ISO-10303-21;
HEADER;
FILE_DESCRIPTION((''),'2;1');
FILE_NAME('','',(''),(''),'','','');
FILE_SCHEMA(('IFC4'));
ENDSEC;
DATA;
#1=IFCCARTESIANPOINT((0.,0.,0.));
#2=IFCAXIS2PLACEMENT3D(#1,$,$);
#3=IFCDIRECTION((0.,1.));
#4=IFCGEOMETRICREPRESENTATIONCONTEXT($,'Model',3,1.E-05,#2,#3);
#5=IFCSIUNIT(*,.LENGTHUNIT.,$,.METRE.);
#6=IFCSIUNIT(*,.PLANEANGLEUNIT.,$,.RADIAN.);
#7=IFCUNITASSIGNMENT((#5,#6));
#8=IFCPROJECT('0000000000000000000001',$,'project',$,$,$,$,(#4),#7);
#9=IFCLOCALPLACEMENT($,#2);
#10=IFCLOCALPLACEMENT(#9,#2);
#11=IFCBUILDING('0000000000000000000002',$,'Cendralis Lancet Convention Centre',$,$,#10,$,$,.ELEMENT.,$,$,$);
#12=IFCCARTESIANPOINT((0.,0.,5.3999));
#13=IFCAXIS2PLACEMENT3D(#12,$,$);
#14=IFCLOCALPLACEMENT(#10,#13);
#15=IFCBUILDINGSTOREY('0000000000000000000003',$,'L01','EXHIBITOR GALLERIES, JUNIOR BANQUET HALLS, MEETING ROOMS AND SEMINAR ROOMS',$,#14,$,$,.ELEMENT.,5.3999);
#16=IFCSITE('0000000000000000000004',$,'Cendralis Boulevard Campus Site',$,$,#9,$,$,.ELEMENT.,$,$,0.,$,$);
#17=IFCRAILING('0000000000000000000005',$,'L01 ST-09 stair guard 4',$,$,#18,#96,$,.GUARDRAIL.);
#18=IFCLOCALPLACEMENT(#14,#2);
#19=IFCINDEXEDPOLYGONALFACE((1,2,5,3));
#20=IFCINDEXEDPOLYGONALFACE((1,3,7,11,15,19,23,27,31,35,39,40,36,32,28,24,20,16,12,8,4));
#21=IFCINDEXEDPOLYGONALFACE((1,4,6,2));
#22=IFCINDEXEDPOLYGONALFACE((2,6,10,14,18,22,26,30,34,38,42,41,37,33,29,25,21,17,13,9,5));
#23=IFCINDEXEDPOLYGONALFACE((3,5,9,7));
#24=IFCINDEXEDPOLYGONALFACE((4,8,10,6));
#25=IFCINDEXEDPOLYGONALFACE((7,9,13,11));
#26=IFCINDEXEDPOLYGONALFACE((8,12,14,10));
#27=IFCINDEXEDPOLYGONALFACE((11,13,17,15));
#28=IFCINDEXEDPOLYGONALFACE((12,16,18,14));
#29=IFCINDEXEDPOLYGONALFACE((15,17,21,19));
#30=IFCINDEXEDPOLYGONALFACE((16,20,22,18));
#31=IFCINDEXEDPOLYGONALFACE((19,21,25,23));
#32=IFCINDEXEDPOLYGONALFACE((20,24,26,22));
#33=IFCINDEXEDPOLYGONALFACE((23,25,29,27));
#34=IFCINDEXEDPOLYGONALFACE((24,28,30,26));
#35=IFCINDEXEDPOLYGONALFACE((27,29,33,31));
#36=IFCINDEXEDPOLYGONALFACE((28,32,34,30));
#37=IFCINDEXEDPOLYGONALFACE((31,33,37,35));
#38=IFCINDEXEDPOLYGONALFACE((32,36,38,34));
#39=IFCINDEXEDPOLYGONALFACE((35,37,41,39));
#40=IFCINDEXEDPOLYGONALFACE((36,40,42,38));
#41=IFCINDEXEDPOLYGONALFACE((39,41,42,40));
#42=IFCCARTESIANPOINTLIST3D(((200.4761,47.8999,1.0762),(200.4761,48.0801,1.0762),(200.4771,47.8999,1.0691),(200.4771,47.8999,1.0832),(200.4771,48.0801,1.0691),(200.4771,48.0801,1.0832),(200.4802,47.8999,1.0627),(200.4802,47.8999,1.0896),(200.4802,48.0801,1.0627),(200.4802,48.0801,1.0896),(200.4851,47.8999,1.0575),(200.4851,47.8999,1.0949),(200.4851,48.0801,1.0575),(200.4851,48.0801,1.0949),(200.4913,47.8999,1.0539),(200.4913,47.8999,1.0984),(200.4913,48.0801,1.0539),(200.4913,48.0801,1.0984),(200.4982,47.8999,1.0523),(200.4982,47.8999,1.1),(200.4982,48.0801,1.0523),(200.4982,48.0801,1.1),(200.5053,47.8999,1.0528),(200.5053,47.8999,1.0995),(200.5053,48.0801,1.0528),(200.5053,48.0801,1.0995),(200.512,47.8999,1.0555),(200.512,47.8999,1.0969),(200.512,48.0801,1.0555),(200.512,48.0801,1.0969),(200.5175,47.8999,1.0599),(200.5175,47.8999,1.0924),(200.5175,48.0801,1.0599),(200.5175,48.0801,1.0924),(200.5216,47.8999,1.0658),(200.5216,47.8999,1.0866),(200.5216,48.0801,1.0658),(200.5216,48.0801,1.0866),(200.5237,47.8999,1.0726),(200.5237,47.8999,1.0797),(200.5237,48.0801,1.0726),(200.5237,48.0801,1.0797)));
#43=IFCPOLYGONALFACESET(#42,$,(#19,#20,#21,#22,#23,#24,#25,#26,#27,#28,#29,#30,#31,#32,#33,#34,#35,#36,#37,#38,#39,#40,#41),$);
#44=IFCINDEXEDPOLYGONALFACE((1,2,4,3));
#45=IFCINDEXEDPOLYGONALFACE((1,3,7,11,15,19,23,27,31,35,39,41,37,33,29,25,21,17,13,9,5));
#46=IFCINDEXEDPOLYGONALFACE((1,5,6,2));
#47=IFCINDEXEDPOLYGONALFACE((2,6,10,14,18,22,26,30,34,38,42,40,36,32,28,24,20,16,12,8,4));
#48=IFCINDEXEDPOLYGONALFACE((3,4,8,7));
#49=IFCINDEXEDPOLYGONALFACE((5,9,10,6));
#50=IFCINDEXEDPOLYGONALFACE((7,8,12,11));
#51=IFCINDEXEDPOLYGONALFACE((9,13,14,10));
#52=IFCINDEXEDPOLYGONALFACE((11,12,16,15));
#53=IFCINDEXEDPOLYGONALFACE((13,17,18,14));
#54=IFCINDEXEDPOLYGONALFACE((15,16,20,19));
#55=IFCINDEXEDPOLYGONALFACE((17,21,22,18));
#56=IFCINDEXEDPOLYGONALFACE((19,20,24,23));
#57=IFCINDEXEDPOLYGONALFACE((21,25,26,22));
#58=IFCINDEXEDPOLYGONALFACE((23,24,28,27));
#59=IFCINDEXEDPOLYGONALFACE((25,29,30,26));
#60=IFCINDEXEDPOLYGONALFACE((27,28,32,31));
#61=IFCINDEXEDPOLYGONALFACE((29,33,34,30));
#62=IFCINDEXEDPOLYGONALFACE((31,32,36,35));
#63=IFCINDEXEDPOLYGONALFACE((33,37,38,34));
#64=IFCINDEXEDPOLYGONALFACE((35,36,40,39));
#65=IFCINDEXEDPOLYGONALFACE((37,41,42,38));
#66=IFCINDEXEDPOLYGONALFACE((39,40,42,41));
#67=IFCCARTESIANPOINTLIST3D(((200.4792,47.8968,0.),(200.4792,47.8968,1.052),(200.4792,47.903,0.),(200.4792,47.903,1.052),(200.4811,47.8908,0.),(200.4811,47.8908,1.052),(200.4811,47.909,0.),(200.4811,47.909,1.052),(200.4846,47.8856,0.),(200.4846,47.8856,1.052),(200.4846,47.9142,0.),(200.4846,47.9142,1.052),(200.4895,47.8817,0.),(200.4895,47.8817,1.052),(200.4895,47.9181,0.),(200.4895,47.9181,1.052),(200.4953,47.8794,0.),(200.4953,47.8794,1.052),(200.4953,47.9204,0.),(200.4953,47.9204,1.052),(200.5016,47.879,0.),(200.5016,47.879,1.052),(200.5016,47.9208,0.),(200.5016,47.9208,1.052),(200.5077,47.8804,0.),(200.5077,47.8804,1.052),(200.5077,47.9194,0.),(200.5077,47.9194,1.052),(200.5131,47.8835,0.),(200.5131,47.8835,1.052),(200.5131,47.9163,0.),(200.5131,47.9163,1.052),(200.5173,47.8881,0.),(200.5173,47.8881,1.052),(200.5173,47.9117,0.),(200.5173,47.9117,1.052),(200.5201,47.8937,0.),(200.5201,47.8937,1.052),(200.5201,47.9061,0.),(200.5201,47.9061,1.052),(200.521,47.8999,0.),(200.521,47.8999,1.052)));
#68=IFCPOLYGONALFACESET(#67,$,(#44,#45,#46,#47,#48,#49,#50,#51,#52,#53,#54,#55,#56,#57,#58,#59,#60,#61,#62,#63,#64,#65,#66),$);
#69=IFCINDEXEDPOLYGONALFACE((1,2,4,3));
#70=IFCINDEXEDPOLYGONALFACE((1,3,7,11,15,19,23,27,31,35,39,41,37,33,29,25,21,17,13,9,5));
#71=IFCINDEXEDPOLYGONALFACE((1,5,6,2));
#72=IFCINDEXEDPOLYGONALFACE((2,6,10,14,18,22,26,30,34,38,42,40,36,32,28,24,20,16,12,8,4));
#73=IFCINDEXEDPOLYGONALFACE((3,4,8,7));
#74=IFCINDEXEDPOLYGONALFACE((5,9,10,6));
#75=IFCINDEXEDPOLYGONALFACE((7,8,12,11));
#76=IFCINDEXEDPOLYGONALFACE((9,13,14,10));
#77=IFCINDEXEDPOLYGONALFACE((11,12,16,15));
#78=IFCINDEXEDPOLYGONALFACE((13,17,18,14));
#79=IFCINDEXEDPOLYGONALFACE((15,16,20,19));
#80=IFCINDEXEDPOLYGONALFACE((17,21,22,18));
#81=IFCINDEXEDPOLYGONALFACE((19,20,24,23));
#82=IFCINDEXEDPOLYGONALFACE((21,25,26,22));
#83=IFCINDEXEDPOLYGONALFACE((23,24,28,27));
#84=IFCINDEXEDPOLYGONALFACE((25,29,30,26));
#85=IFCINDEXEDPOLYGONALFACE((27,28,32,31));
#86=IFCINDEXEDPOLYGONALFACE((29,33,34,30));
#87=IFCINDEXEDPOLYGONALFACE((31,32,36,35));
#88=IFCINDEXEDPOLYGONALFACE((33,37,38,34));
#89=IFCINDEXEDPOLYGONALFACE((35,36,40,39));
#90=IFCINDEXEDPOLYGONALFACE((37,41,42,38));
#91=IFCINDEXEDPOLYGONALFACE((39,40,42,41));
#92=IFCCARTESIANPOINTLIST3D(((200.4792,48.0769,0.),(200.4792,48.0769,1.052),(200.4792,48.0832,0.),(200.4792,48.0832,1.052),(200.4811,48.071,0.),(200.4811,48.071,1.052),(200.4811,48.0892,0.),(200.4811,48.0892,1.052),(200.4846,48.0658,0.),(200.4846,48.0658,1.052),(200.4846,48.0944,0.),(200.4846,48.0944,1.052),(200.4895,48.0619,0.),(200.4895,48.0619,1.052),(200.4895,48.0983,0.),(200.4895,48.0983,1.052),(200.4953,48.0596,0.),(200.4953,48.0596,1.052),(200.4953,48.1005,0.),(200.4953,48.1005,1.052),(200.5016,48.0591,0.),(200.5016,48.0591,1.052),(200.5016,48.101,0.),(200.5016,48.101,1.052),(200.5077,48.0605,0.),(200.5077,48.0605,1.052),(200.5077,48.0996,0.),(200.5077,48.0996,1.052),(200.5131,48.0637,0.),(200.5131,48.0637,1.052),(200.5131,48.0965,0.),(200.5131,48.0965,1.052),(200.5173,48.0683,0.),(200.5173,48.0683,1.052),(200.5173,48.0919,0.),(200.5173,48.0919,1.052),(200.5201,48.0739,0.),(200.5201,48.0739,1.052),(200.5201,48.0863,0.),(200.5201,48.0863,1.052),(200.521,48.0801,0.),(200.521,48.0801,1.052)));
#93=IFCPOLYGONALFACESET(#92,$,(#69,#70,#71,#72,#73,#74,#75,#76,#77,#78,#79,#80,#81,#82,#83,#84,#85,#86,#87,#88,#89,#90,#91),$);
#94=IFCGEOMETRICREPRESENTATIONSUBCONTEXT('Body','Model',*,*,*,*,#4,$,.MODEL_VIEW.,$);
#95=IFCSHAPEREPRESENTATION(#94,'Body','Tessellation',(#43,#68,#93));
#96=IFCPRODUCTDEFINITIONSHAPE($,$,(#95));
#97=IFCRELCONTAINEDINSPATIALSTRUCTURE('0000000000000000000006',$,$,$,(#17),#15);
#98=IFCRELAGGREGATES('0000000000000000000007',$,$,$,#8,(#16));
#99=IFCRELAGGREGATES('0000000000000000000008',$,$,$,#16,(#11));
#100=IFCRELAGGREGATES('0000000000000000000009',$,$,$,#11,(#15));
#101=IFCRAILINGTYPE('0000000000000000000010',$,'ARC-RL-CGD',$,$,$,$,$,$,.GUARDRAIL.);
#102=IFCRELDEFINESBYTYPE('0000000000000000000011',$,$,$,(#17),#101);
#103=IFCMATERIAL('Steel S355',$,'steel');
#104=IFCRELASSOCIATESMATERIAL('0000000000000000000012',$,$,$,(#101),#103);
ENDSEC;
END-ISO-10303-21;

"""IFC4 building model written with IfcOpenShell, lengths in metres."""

from ifc_helpers import new_model, si_unit, direction, frame, origin, origin_2d, place, context, subcontext, project, spatial, circle, extrude, material, type_object, element, save


model = new_model("IFC4")

# Units and contexts
model_context = context("Model", 3, precision=1e-05, world=origin(), true_north=direction((0.0, 1.0)))
body_context = subcontext(model_context, "Body", "Model", "MODEL_VIEW")
ifc_project = project(units=[si_unit("LENGTHUNIT", "METRE"), si_unit("PLANEANGLEUNIT", "RADIAN")], contexts=[model_context])

# Site, building, storey
site_placement = place(None, origin())
site = spatial("IfcSite", under=ifc_project, at=site_placement, Name="Cendralis Boulevard Campus Site", CompositionType="ELEMENT", RefElevation=0.0)
building_placement = place(site_placement, origin())
building = spatial("IfcBuilding", under=site, at=building_placement, Name="Cendralis Lancet Convention Centre", CompositionType="ELEMENT")
storey_placement = place(building_placement, frame((0.0, 0.0, 5.3999)))
storey = spatial("IfcBuildingStorey", under=building, at=storey_placement, Name="L01", Description="EXHIBITOR GALLERIES, JUNIOR BANQUET HALLS, MEETING ROOMS AND SEMINAR ROOMS", CompositionType="ELEMENT", Elevation=5.3999)

# Shared definitions
ifc_material_1 = material(Name="Steel S355", Category="steel")

# Railing
railing_type_1 = type_object("IfcRailingType", Name="ARC-RL-CGD", PredefinedType="GUARDRAIL", material=ifc_material_1)
railing_1_placement = place(storey_placement, frame((200.5, 47.8999, 0.0)))
element("IfcRailing", 1, at=railing_1_placement, inside=storey, type_object=railing_type_1, Name="L01 ST-09 stair guard 4", PredefinedType="GUARDRAIL", context=body_context, shape_type="SweptSolid", body=[
    extrude(circle(Radius=0.0239, at=origin_2d()), frame((0.0, 0.0, 1.0762), z_axis=(0.0, 1.0, 0.0), x_axis=(-1.0, 0.0, 0.0)), (0.0, 0.0, 1.0), 0.1802),
    extrude(circle(Radius=0.021, at=origin_2d()), origin(), (0.0, 0.0, 1.0), 1.052),
    extrude(circle(Radius=0.021, at=origin_2d()), frame((0.0, 0.1802, 0.0)), (0.0, 0.0, 1.0), 1.052),
])

save(model, "model.ifc")
